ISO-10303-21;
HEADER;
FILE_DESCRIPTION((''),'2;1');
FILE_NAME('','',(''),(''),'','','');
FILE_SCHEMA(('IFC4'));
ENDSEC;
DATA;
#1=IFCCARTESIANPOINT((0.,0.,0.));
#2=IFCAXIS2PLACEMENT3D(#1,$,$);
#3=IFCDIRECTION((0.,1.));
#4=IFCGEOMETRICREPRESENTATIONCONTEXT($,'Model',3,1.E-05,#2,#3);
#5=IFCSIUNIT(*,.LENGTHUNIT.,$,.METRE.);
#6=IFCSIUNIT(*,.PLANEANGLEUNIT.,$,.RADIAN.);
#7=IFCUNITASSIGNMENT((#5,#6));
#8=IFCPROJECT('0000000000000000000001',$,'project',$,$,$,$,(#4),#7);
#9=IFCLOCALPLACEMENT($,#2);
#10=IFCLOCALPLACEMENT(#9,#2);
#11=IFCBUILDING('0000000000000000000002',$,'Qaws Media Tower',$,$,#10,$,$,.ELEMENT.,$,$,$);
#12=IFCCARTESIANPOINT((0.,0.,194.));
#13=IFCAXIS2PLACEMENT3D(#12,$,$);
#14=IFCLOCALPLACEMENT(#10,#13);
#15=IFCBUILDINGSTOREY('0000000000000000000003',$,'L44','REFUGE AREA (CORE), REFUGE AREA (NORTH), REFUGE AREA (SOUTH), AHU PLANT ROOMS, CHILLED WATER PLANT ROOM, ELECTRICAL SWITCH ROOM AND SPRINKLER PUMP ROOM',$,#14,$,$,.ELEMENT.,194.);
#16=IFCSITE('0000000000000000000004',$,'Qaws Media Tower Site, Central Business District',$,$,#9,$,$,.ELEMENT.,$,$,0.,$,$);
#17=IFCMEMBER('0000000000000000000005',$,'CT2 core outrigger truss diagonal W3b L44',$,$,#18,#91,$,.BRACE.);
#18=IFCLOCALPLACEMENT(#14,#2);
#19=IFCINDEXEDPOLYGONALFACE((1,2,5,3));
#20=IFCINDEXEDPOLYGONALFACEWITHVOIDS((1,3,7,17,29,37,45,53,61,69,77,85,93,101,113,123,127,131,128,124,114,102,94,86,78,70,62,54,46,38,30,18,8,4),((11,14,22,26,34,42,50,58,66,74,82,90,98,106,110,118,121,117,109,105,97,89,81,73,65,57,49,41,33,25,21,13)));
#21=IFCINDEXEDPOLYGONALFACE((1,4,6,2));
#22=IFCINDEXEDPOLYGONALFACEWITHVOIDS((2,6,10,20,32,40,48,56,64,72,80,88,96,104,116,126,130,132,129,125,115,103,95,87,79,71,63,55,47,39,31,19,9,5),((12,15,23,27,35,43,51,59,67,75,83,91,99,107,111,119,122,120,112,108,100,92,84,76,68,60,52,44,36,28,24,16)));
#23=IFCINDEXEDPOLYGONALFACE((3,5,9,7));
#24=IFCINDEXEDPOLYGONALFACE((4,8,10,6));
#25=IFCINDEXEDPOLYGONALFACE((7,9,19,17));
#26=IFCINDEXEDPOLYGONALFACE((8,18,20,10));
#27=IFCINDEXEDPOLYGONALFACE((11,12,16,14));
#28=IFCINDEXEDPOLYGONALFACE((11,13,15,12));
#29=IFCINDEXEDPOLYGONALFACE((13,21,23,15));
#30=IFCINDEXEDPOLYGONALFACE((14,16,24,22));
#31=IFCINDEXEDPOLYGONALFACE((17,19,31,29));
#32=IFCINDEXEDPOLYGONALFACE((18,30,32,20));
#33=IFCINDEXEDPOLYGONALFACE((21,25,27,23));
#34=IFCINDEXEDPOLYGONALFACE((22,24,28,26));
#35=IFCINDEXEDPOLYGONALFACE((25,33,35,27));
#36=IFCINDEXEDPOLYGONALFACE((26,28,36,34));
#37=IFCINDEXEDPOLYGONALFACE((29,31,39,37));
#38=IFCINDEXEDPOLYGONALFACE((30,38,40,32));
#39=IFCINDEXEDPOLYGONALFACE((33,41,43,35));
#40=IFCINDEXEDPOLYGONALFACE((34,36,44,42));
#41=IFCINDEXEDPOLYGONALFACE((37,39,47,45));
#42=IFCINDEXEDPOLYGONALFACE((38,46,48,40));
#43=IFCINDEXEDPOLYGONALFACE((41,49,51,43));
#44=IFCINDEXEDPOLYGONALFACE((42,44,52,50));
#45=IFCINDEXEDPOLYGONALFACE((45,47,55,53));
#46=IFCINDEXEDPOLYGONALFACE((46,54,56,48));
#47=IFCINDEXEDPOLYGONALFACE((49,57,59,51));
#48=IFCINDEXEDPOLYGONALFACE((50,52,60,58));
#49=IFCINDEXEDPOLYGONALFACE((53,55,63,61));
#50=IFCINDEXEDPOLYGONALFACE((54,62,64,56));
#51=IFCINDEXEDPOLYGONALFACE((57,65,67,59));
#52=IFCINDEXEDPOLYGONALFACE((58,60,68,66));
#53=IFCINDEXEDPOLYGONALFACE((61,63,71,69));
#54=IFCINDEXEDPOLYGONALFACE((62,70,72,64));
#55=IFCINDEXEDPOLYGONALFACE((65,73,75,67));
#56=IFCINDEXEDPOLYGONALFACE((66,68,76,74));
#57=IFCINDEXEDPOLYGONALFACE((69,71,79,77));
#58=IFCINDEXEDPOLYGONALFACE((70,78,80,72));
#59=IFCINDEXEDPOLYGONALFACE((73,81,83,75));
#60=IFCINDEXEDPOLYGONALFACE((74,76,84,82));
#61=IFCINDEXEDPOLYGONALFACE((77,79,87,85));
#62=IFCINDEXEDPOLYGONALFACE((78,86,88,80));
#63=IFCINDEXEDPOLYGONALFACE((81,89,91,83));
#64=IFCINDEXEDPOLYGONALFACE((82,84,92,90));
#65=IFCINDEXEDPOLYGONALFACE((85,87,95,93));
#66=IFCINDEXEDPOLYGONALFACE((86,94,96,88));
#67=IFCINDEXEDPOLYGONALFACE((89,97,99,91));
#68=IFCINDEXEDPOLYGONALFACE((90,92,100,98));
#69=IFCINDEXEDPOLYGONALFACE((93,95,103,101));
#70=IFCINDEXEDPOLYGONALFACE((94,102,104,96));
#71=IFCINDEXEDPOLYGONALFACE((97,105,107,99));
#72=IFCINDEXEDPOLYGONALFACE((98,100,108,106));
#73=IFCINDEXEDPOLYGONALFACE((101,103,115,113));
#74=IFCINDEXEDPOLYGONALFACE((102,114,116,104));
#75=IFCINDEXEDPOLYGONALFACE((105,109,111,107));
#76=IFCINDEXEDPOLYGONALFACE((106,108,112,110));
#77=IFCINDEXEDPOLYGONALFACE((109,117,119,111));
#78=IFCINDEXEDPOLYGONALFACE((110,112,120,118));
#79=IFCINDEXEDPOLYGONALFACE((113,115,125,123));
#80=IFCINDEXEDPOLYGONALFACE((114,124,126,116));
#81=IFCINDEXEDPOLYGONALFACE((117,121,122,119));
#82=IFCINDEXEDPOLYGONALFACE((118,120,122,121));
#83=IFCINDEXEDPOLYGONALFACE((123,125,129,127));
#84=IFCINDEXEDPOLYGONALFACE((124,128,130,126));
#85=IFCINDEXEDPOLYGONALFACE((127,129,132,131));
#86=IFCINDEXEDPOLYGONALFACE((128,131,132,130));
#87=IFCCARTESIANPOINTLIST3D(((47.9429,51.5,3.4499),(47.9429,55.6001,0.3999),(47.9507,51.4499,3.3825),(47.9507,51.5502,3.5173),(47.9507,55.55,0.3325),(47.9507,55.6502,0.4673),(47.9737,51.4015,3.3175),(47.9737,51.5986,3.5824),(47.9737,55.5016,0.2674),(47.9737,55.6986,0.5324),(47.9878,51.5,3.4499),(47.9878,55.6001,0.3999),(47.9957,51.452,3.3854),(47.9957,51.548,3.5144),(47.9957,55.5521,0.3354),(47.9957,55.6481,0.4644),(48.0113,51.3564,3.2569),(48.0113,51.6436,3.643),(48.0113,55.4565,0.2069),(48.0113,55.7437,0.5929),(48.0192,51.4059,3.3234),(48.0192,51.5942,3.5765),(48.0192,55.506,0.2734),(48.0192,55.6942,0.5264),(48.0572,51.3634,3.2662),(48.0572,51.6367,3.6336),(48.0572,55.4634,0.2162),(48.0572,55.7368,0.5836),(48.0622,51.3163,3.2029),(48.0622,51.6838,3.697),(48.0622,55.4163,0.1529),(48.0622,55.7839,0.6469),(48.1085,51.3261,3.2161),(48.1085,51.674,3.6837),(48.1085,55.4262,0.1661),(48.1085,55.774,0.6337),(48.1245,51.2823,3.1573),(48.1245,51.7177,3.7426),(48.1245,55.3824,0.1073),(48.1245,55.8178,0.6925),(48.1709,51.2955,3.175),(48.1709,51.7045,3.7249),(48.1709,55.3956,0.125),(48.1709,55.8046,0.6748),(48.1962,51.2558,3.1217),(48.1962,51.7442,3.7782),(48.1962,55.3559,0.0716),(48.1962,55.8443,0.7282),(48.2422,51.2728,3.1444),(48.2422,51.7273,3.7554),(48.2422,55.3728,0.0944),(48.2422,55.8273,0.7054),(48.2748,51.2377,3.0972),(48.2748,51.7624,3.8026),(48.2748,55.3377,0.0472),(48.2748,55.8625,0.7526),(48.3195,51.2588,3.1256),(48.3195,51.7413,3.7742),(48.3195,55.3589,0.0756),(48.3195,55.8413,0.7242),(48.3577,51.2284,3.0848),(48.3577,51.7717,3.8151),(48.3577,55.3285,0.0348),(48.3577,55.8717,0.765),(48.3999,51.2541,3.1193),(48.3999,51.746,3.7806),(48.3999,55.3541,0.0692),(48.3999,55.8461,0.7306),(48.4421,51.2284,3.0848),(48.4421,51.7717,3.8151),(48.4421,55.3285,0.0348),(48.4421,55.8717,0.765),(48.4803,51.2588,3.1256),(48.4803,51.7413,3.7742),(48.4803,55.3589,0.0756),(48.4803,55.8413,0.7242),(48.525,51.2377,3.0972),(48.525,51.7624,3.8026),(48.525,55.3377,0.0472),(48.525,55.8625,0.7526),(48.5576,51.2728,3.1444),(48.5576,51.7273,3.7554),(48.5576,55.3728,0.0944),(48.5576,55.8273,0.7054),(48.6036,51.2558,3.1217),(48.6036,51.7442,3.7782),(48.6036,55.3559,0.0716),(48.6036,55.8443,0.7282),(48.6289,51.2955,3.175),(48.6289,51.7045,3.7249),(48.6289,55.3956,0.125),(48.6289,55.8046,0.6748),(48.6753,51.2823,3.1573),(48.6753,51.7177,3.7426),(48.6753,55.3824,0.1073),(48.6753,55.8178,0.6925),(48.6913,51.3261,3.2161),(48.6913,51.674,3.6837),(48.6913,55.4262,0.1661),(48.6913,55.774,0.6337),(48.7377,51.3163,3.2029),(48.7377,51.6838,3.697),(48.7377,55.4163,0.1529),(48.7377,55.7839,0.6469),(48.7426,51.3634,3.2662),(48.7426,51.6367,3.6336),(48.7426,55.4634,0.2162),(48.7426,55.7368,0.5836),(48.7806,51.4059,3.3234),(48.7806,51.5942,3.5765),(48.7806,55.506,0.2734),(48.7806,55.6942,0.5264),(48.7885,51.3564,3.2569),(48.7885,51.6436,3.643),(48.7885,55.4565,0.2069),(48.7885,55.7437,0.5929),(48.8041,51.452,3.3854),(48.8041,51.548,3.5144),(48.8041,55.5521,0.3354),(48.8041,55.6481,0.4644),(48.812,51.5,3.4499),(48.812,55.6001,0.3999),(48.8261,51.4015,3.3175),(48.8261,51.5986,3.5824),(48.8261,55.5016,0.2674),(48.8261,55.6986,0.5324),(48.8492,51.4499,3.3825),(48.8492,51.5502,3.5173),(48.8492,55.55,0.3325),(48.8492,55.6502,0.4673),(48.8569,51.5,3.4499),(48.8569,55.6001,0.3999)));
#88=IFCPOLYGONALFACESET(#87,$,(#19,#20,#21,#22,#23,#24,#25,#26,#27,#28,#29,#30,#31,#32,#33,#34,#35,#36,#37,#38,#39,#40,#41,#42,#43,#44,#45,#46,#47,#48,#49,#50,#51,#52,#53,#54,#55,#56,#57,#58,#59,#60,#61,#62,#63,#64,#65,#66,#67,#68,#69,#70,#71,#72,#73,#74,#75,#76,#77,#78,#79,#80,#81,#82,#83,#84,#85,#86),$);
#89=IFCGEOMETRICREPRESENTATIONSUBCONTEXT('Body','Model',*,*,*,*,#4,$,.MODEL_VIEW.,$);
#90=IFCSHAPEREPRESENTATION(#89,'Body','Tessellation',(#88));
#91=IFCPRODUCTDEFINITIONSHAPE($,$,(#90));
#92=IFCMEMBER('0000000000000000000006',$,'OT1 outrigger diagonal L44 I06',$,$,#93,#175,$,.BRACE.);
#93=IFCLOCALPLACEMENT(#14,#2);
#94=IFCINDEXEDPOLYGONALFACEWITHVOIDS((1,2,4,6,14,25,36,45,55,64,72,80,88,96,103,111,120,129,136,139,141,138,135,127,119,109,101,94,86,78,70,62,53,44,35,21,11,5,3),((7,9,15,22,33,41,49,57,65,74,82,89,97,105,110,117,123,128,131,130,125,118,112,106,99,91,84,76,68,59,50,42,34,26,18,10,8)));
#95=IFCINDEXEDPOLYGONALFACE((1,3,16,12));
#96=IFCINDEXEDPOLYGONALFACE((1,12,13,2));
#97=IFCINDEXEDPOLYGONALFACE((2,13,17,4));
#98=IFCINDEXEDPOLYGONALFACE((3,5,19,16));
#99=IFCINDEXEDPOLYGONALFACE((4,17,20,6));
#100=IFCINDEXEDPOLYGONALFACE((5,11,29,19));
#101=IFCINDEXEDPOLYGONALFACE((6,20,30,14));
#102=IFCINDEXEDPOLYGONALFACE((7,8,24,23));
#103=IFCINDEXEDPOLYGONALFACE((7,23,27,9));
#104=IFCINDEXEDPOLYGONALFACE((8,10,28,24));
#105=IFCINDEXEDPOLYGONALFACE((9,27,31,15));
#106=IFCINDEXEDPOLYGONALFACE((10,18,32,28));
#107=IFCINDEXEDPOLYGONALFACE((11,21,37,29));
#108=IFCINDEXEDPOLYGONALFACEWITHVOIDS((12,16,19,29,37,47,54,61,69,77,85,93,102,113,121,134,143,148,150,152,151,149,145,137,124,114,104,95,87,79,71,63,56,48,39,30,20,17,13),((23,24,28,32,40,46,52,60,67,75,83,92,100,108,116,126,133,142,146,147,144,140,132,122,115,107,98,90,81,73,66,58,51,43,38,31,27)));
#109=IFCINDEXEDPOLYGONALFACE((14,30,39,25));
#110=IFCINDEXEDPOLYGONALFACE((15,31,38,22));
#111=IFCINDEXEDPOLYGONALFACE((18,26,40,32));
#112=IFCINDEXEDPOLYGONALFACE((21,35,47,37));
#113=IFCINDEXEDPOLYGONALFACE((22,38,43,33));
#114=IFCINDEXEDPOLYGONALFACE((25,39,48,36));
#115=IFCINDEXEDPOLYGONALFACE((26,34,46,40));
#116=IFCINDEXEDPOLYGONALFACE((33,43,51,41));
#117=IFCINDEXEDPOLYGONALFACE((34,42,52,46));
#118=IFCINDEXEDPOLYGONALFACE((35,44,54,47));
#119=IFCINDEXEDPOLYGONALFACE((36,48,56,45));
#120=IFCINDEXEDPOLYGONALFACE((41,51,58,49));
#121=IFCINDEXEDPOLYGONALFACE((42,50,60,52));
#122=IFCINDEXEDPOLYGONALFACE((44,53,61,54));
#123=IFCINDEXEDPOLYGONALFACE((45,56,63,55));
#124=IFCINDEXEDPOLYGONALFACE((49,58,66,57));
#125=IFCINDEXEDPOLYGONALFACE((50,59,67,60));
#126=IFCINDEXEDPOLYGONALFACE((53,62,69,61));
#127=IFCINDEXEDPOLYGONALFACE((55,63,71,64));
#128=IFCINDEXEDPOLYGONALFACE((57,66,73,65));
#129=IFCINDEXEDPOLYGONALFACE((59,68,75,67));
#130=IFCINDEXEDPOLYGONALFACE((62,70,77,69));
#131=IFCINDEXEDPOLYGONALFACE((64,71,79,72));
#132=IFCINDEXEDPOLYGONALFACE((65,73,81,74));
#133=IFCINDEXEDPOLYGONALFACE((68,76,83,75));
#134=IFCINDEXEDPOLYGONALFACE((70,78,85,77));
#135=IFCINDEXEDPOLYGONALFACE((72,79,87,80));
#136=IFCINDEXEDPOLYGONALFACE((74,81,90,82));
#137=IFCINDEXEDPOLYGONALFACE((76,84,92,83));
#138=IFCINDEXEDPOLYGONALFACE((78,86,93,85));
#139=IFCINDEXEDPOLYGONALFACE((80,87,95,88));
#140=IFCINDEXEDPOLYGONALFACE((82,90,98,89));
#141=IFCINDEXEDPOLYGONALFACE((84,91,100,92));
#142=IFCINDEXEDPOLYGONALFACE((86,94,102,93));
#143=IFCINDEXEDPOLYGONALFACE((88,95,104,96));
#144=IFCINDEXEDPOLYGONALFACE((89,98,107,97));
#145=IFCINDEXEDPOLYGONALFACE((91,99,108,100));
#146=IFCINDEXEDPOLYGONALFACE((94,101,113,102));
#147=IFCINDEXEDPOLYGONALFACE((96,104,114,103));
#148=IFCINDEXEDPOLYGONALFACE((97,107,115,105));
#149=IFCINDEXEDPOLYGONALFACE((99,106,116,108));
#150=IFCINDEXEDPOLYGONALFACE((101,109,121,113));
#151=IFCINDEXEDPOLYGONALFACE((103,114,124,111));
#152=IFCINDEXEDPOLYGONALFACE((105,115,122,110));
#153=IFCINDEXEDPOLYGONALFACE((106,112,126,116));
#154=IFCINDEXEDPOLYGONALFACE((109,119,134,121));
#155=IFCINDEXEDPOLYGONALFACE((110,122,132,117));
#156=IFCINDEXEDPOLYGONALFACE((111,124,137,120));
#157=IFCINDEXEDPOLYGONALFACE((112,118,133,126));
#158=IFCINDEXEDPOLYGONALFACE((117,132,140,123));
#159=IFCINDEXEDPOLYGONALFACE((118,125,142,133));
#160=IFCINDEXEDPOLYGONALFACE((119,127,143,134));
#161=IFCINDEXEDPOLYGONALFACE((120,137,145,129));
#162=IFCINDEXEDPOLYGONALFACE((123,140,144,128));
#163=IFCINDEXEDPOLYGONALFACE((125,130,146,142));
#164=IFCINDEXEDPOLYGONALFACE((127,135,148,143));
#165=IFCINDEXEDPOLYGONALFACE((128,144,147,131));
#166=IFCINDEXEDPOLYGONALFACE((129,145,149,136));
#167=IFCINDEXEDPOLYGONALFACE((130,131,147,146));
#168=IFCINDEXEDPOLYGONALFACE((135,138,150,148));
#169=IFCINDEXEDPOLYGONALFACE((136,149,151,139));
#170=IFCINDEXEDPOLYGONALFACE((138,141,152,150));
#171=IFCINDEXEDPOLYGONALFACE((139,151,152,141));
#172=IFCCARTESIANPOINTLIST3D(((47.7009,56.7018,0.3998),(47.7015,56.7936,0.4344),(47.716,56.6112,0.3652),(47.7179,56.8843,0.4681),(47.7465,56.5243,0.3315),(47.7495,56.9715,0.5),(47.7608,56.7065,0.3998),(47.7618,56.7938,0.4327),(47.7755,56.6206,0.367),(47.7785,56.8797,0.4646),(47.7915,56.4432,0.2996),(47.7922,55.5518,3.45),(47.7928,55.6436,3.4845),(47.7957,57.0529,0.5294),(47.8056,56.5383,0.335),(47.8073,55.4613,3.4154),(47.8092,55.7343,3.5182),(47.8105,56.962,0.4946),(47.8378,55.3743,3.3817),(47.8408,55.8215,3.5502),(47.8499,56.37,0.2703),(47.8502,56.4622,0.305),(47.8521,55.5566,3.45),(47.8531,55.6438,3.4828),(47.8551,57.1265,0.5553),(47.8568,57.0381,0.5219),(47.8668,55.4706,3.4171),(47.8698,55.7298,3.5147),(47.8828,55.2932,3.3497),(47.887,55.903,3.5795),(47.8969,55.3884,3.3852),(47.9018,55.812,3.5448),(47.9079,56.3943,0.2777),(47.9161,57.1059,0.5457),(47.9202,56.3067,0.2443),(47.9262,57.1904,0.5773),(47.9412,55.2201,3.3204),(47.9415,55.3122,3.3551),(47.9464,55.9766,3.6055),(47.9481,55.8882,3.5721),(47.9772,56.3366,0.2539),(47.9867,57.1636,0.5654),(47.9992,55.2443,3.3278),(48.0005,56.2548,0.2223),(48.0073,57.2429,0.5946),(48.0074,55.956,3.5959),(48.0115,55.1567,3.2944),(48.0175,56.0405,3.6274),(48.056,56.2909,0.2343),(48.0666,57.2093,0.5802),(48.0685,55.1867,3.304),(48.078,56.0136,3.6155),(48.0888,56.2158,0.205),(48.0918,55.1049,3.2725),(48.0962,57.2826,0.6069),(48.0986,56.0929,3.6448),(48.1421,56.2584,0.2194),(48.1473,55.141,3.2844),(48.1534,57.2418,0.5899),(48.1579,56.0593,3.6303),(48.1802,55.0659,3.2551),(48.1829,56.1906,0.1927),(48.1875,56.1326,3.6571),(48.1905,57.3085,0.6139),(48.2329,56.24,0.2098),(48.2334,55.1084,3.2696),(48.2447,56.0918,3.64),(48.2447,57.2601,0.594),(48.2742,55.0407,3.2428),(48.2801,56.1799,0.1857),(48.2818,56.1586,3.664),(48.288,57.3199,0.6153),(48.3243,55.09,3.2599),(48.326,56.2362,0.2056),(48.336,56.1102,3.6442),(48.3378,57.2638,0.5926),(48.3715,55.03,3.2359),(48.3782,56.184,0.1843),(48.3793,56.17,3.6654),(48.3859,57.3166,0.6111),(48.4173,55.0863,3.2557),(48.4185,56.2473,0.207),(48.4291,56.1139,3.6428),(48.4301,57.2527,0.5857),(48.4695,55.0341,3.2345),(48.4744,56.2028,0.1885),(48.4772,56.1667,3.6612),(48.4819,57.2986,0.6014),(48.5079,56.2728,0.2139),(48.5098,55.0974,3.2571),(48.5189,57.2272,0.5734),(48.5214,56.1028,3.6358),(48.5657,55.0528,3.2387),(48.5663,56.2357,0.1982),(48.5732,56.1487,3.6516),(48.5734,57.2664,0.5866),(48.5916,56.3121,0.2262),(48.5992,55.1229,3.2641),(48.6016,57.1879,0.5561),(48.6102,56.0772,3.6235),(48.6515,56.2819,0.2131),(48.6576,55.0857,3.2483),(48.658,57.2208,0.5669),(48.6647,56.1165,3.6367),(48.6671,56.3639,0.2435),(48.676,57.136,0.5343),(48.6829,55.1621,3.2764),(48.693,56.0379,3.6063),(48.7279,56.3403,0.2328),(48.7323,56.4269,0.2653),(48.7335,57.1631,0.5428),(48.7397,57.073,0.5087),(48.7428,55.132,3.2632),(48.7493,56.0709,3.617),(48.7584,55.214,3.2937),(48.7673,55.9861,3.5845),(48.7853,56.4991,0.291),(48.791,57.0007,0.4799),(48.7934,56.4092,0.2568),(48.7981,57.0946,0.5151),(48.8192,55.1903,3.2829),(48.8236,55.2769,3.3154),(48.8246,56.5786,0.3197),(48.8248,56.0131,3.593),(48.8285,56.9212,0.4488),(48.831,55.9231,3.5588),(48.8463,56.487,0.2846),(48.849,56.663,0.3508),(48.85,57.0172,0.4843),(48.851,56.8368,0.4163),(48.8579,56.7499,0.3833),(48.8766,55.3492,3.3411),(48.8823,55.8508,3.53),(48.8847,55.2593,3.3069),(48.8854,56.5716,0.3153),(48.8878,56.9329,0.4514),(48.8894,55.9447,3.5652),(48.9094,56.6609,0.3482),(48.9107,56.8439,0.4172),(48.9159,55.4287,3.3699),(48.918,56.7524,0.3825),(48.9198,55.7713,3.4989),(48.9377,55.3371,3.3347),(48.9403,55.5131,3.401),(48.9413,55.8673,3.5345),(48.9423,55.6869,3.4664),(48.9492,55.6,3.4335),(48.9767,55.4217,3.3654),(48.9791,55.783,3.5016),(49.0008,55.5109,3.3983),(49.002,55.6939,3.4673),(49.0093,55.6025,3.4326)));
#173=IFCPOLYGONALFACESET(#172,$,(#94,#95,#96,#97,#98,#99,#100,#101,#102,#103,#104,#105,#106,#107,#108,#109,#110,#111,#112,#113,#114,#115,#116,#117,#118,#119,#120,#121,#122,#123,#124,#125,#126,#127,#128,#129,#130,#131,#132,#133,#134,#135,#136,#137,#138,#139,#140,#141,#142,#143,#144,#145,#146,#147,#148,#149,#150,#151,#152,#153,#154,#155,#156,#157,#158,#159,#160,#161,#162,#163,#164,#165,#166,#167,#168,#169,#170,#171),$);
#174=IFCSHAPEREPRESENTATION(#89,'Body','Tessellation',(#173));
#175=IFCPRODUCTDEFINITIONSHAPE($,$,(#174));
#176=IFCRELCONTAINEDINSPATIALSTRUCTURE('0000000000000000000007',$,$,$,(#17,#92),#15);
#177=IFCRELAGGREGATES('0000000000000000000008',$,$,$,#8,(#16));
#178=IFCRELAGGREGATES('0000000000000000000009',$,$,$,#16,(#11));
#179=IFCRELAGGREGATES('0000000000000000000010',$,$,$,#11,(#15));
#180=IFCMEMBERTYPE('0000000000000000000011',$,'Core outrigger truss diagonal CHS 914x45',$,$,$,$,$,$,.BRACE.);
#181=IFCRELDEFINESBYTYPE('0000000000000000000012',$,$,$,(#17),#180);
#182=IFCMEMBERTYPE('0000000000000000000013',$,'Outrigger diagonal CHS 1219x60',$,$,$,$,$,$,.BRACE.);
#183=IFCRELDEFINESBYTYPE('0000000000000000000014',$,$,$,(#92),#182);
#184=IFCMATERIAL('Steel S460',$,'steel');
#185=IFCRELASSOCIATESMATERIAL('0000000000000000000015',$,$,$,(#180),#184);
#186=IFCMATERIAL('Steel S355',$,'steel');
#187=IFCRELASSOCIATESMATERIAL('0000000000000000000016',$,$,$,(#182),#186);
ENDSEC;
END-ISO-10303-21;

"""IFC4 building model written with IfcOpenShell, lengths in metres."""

from ifc_helpers import new_model, si_unit, direction, frame, origin, origin_2d, place, context, subcontext, project, spatial, hollow_circle, extrude, material, material_profile, profile_set, type_object, element, save


model = new_model("IFC4")

# Units and contexts
model_context = context("Model", 3, precision=1e-05, world=origin(), true_north=direction((0.0, 1.0)))
body_context = subcontext(model_context, "Body", "Model", "MODEL_VIEW")
ifc_project = project(units=[si_unit("LENGTHUNIT", "METRE"), si_unit("PLANEANGLEUNIT", "RADIAN")], contexts=[model_context])

# Site, building, storey
site_placement = place(None, origin())
site = spatial("IfcSite", under=ifc_project, at=site_placement, Name="Qaws Media Tower Site, Central Business District", CompositionType="ELEMENT", RefElevation=0.0)
building_placement = place(site_placement, origin())
building = spatial("IfcBuilding", under=site, at=building_placement, Name="Qaws Media Tower", CompositionType="ELEMENT")
storey_placement = place(building_placement, frame((0.0, 0.0, 194.0)))
storey = spatial("IfcBuildingStorey", under=building, at=storey_placement, Name="L44", Description="REFUGE AREA (CORE), REFUGE AREA (NORTH), REFUGE AREA (SOUTH), AHU PLANT ROOMS, CHILLED WATER PLANT ROOM, ELECTRICAL SWITCH ROOM AND SPRINKLER PUMP ROOM", CompositionType="ELEMENT", Elevation=194.0)

# Members
ifc_material_1 = material(Name="Steel S460", Category="steel")
ifc_material_profile_1 = material_profile(ifc_material_1, hollow_circle(Radius=0.457, WallThickness=0.0449, at=origin_2d()), Name="CHS 914x45")
ifc_profile_set_1 = profile_set([ifc_material_profile_1], Name="Steel S460")
member_type_1 = type_object("IfcMemberType", Name="Core outrigger truss diagonal CHS 914x45", PredefinedType="BRACE", material=ifc_profile_set_1)
member_1_placement = place(storey_placement, frame((48.3999, 55.6001, 0.3999), z_axis=(0.0, -0.802344, 0.596861), x_axis=(1.0, 0.0, 0.0)))
element("IfcMember", 1, at=member_1_placement, inside=storey, type_object=member_type_1, Name="CT2 core outrigger truss diagonal W3b L44", PredefinedType="BRACE", context=body_context, shape_type="SweptSolid", body=[
    extrude(hollow_circle(Radius=0.457, WallThickness=0.0449, at=origin_2d()), origin(), (0.0, 0.0, 1.0), 5.1101),
])
ifc_material_2 = material(Name="Steel S355", Category="steel")
ifc_material_profile_2 = material_profile(ifc_material_2, hollow_circle(Radius=0.6096, WallThickness=0.0601, at=origin_2d()), Name="CHS 1219x60")
ifc_profile_set_2 = profile_set([ifc_material_profile_2], Name="Steel S355")
member_type_2 = type_object("IfcMemberType", Name="Outrigger diagonal CHS 1219x60", PredefinedType="BRACE", material=ifc_profile_set_2)
member_2_placement = place(storey_placement, frame((48.3999, 55.6001, 3.45), z_axis=(-0.028001, 0.352634, -0.935342), x_axis=(-0.996862, -0.079156, 0.0)))
element("IfcMember", 2, at=member_2_placement, inside=storey, type_object=member_type_2, Name="OT1 outrigger diagonal L44 I06", PredefinedType="BRACE", context=body_context, shape_type="SweptSolid", body=[
    extrude(hollow_circle(Radius=0.6096, WallThickness=0.0601, at=origin_2d()), origin(), (0.0, 0.0, 1.0), 3.261),
])

save(model, "model.ifc")
